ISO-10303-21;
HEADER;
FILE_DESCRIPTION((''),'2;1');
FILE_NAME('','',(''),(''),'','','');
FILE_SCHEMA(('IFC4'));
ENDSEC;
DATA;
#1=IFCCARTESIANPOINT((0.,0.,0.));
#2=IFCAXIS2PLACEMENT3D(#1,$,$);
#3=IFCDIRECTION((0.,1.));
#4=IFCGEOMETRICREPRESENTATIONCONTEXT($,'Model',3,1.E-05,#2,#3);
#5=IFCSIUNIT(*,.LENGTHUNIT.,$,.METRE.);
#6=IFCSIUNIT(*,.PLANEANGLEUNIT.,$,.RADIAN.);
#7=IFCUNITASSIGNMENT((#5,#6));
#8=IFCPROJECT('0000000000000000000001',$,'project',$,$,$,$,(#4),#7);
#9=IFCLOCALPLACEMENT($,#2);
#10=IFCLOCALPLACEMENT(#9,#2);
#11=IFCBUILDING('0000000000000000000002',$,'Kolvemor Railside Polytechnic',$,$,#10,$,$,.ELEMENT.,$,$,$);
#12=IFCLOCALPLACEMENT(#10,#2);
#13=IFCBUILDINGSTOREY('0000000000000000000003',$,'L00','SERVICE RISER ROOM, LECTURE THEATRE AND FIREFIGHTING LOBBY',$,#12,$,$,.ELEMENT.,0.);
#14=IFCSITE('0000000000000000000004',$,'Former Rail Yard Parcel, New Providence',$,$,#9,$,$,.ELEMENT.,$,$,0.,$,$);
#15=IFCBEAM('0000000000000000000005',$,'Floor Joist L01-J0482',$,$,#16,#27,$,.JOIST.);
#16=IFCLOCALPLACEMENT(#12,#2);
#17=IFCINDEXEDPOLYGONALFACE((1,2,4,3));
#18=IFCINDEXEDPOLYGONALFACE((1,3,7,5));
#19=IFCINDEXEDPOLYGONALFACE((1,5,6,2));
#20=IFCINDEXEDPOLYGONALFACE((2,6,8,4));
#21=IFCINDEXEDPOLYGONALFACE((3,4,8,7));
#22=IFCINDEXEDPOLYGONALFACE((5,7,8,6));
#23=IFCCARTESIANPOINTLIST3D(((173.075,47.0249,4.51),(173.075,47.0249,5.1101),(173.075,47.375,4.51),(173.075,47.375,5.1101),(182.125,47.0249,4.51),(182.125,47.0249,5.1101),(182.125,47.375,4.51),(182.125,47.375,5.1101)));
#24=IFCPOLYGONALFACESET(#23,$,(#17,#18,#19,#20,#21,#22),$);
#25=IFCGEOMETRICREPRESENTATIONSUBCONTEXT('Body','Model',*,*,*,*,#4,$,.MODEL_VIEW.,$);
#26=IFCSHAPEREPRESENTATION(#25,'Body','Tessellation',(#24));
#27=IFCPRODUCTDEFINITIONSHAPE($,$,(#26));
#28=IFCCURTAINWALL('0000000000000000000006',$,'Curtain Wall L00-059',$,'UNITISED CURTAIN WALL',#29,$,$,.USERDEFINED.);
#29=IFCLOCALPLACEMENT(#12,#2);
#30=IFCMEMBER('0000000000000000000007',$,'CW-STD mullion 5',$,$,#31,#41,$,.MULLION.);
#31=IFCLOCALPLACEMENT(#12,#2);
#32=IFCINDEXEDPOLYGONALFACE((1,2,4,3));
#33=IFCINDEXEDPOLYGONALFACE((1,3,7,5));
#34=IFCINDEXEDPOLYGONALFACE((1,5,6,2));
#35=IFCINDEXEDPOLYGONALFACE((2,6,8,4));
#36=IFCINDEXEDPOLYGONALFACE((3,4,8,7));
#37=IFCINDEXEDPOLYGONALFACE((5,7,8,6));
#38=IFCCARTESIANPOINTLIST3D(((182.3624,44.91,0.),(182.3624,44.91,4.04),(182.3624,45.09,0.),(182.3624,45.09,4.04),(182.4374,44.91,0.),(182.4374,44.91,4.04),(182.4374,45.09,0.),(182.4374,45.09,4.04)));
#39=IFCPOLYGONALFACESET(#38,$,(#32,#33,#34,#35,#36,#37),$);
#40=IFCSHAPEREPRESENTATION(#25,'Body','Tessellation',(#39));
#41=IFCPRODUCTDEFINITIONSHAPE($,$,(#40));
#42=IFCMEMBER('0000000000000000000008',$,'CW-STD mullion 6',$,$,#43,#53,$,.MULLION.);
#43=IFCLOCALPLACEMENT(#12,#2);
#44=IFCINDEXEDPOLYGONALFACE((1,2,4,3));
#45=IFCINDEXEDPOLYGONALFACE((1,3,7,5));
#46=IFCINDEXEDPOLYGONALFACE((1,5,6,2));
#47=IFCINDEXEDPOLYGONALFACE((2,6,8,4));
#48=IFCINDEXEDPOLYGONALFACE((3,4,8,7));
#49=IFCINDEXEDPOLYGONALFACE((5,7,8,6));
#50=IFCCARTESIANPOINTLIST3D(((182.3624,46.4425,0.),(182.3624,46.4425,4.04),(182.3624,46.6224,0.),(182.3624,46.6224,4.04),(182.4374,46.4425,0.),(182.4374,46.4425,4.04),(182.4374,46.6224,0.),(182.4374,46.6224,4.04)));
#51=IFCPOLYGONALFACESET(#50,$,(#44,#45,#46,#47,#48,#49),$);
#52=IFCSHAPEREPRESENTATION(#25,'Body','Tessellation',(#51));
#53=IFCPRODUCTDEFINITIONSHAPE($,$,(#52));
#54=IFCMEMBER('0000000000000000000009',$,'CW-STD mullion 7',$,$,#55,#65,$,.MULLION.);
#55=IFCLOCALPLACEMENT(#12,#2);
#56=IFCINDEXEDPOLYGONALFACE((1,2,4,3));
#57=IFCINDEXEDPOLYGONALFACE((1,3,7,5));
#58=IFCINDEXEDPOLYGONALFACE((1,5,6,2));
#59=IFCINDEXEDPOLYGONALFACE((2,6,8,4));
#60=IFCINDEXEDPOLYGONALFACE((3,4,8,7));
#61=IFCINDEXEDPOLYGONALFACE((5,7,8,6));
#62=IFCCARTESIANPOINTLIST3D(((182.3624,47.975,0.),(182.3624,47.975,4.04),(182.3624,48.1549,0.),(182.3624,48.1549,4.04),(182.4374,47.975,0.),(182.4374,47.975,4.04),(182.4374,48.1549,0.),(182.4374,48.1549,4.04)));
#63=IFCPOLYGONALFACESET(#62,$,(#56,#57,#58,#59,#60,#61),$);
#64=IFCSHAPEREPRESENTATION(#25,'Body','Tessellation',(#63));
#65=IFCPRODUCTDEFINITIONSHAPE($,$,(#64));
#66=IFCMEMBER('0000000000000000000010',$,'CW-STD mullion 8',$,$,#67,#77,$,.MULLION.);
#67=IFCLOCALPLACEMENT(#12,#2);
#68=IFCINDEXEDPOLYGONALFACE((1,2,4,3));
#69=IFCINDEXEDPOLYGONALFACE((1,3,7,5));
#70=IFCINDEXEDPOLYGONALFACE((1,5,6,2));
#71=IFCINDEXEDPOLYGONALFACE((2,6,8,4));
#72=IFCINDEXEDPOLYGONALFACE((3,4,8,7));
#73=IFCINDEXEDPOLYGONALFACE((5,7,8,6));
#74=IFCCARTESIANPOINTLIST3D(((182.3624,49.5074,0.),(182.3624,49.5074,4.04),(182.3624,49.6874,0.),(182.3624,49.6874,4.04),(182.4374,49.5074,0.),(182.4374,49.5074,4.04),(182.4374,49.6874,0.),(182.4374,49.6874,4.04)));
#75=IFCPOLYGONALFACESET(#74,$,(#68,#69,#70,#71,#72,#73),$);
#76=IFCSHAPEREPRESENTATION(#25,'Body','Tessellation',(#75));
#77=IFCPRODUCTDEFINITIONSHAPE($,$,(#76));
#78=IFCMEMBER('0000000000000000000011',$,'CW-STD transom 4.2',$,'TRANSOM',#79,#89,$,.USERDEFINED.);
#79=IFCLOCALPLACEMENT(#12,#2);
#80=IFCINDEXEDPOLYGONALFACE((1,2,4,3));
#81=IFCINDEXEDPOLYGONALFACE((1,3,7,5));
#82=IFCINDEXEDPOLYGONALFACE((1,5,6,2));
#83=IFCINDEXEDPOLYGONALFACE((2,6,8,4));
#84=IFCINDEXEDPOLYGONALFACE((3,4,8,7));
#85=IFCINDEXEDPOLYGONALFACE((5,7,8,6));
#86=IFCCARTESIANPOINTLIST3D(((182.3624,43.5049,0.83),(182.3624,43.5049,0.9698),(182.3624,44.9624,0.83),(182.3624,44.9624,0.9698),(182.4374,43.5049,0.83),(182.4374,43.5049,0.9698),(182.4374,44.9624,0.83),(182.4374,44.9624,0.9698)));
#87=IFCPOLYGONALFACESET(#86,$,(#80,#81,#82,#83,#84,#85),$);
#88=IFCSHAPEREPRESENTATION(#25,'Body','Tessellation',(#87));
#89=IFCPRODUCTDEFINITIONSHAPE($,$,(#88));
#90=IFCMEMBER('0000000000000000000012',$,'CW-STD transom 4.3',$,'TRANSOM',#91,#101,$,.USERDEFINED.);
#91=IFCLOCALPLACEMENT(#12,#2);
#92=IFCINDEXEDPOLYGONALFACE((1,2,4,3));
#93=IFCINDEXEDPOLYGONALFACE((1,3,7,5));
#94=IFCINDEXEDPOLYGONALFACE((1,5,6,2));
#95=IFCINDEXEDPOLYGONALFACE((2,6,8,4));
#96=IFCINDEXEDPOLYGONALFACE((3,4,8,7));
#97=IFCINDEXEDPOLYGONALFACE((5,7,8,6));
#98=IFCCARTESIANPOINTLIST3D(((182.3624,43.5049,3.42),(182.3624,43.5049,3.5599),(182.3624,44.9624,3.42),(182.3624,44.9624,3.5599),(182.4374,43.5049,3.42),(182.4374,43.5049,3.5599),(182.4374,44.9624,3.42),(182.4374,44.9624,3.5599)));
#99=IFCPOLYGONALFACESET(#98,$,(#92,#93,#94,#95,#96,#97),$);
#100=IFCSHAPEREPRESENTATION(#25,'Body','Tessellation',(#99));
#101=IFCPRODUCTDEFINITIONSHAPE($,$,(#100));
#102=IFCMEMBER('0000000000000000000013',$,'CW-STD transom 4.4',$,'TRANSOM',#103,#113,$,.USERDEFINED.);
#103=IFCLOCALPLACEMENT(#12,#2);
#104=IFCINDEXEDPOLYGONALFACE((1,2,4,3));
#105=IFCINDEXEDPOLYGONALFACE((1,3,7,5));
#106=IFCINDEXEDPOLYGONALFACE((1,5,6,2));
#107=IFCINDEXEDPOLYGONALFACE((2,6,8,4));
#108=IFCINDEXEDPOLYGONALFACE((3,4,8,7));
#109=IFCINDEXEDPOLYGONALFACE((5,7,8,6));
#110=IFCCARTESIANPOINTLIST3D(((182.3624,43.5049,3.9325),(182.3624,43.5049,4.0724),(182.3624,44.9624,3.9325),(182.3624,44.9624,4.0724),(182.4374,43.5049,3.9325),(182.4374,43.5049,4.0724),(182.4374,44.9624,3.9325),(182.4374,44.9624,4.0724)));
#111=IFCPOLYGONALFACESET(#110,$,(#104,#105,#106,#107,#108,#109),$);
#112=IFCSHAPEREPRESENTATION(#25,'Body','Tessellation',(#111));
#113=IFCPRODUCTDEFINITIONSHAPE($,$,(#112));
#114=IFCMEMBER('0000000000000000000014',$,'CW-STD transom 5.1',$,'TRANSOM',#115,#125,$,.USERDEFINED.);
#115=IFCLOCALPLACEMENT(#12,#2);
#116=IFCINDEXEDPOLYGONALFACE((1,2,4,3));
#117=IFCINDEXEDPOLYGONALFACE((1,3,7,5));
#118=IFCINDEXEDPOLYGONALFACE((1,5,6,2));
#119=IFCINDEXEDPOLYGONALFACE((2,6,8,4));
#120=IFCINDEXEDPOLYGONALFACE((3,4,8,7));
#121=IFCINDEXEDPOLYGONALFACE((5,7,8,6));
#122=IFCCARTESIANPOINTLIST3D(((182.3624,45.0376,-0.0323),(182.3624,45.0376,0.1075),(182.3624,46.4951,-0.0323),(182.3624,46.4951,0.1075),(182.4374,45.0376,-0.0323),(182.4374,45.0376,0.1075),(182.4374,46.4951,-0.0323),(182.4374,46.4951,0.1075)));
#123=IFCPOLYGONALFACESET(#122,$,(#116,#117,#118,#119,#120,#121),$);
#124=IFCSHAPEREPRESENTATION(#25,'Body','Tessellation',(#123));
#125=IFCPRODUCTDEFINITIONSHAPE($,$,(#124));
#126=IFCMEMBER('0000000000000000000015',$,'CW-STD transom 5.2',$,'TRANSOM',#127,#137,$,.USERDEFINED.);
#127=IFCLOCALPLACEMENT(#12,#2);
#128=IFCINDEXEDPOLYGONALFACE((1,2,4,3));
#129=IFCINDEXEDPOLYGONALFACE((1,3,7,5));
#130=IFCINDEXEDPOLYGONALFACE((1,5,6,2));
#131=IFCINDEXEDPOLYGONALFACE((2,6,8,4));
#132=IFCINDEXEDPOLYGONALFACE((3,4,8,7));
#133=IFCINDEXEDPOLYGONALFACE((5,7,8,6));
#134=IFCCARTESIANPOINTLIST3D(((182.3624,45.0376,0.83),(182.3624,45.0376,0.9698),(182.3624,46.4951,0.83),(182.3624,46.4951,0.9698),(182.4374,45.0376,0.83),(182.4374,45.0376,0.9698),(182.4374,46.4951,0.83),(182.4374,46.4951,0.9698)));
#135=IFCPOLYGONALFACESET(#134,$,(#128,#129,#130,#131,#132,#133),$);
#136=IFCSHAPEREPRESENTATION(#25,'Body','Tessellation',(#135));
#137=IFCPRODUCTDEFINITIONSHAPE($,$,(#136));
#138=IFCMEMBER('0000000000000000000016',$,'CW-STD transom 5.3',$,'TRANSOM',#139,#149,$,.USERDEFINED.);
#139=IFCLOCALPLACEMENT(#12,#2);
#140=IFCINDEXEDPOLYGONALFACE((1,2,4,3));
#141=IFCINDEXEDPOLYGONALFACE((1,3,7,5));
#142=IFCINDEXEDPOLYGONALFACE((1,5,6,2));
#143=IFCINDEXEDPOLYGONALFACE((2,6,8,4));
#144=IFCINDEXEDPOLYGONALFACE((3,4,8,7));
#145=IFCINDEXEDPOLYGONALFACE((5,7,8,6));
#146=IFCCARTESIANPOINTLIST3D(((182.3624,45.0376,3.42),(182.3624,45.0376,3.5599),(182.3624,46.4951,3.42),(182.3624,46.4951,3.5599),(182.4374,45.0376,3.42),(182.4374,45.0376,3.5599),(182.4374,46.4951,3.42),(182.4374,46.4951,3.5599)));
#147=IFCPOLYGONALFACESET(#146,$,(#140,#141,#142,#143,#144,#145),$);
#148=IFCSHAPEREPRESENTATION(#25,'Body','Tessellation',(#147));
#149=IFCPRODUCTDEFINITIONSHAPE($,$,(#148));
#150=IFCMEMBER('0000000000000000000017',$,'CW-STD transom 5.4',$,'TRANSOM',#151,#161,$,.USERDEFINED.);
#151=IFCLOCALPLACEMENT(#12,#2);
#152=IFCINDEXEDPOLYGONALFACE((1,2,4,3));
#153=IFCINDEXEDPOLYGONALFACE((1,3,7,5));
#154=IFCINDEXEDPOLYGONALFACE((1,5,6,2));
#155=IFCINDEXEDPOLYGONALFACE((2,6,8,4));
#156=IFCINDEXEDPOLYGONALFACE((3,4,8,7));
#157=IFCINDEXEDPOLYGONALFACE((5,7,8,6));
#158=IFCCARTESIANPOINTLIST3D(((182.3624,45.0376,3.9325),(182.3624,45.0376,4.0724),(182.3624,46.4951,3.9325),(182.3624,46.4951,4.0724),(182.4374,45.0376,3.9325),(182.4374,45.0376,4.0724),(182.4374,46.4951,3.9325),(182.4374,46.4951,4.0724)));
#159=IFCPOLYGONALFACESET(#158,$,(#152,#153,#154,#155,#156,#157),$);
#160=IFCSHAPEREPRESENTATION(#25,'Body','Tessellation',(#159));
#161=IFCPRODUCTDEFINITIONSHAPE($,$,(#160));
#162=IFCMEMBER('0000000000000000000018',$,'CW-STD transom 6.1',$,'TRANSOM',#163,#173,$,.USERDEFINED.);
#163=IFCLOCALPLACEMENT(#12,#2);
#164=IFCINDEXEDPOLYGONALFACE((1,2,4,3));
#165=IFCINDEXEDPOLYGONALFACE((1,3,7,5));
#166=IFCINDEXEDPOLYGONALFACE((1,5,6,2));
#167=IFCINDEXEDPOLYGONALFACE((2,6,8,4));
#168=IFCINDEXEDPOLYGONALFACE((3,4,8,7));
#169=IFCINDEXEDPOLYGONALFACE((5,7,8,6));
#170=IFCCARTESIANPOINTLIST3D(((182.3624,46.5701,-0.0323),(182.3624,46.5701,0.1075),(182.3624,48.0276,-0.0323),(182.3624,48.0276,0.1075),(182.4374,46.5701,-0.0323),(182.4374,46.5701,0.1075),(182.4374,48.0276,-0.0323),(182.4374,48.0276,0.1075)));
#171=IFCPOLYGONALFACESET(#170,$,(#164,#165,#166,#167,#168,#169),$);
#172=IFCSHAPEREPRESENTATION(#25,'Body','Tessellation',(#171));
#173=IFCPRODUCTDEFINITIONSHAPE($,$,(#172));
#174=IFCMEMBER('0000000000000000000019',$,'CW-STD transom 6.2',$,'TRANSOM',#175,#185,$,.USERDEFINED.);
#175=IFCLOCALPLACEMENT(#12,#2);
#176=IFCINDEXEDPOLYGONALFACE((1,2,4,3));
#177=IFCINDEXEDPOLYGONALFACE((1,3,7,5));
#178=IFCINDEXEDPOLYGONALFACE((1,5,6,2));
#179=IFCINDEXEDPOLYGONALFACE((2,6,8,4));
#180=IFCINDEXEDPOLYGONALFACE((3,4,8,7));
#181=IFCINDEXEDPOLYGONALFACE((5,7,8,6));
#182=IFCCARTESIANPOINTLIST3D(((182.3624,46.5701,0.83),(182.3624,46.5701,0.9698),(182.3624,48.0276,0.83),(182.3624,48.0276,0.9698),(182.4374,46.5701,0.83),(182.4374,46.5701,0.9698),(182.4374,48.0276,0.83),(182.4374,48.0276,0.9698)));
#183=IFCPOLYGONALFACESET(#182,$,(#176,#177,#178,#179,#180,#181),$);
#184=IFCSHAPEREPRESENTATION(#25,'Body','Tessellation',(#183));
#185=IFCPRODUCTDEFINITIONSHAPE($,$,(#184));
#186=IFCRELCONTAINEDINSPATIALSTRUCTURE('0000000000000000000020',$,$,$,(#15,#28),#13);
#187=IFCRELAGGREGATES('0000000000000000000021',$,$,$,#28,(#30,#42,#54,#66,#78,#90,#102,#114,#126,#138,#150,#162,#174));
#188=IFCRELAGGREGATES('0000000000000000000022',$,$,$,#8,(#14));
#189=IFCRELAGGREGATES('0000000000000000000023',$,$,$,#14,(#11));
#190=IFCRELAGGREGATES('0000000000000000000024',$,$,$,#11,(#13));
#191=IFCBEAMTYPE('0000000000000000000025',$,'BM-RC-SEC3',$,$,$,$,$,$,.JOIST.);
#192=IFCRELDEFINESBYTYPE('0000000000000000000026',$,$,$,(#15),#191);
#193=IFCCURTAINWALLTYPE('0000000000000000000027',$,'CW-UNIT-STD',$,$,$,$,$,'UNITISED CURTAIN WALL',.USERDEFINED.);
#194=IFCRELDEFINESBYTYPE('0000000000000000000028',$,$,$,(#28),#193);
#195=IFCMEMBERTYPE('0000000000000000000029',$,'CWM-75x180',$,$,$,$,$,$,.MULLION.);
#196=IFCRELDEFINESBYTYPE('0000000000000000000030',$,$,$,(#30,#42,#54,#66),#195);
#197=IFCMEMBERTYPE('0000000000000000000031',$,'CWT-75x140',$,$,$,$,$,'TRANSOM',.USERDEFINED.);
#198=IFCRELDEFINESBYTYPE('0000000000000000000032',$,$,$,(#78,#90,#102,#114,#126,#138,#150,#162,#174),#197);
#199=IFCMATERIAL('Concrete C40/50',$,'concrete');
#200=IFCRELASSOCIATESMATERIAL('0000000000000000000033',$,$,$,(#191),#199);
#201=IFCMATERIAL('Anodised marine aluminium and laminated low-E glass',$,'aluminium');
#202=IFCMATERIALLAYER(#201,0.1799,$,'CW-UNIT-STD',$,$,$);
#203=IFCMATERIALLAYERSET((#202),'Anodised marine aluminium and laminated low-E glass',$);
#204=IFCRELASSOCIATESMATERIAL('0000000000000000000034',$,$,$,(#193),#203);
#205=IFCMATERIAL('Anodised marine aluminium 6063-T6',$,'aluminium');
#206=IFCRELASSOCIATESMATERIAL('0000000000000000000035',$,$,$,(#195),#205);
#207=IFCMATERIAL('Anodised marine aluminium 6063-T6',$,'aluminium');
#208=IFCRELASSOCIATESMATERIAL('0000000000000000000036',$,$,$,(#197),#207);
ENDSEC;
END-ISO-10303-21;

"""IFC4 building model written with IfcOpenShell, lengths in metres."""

from ifc_helpers import new_model, si_unit, direction, frame, origin, origin_2d, place, context, subcontext, project, spatial, rectangle, extrude, material, layer, layer_set, material_profile, profile_set, type_object, element, aggregate, save


model = new_model("IFC4")

# Units and contexts
model_context = context("Model", 3, precision=1e-05, world=origin(), true_north=direction((0.0, 1.0)))
body_context = subcontext(model_context, "Body", "Model", "MODEL_VIEW")
ifc_project = project(units=[si_unit("LENGTHUNIT", "METRE"), si_unit("PLANEANGLEUNIT", "RADIAN")], contexts=[model_context])

# Site, building, storey
site_placement = place(None, origin())
site = spatial("IfcSite", under=ifc_project, at=site_placement, Name="Former Rail Yard Parcel, New Providence", CompositionType="ELEMENT", RefElevation=0.0)
building_placement = place(site_placement, origin())
building = spatial("IfcBuilding", under=site, at=building_placement, Name="Kolvemor Railside Polytechnic", CompositionType="ELEMENT")
storey_placement = place(building_placement, origin())
storey = spatial("IfcBuildingStorey", under=building, at=storey_placement, Name="L00", Description="SERVICE RISER ROOM, LECTURE THEATRE AND FIREFIGHTING LOBBY", CompositionType="ELEMENT", Elevation=0.0)

# Beam
ifc_material_1 = material(Name="Concrete C40/50", Category="concrete")
ifc_material_profile_1 = material_profile(ifc_material_1, rectangle(XDim=0.3501, YDim=0.6001, at=origin_2d()), Name="RC350x600")
ifc_profile_set_1 = profile_set([ifc_material_profile_1], Name="Concrete C40/50")
beam_type = type_object("IfcBeamType", Name="BM-RC-SEC3", PredefinedType="JOIST", material=ifc_profile_set_1)
beam_placement = place(storey_placement, frame((173.075, 47.2, 4.8101), z_axis=(1.0, 0.0, 0.0), x_axis=(0.0, 1.0, 0.0)))
element("IfcBeam", 1, at=beam_placement, inside=storey, type_object=beam_type, Name="Floor Joist L01-J0482", PredefinedType="JOIST", context=body_context, shape_type="SweptSolid", body=[
    extrude(rectangle(XDim=0.3501, YDim=0.6001, at=origin_2d()), origin(), (0.0, 0.0, 1.0), 9.05),
])

# Curtain wall, members
ifc_material_2 = material(Name="Anodised marine aluminium and laminated low-E glass", Category="aluminium")
ifc_layer_1 = layer(ifc_material_2, 0.1799, Name="CW-UNIT-STD")
ifc_layer_set_1 = layer_set([ifc_layer_1], Name="Anodised marine aluminium and laminated low-E glass")
curtain_wall_type = type_object("IfcCurtainWallType", Name="CW-UNIT-STD", ElementType="UNITISED CURTAIN WALL", PredefinedType="USERDEFINED", material=ifc_layer_set_1)
curtain_wall_placement = place(storey_placement, origin())
curtain_wall = element("IfcCurtainWall", 2, at=curtain_wall_placement, inside=storey, type_object=curtain_wall_type, Name="Curtain Wall L00-059", ObjectType="UNITISED CURTAIN WALL", PredefinedType="USERDEFINED")
ifc_material_3 = material(Name="Anodised marine aluminium 6063-T6", Category="aluminium")
ifc_material_profile_2 = material_profile(ifc_material_3, rectangle(XDim=0.075, YDim=0.1799, at=origin_2d()), Name="CW-MUL-75x180")
ifc_profile_set_2 = profile_set([ifc_material_profile_2], Name="Anodised marine aluminium 6063-T6")
member_type_1 = type_object("IfcMemberType", Name="CWM-75x180", PredefinedType="MULLION", material=ifc_profile_set_2)
member_1_placement = place(storey_placement, frame((182.3999, 45.0, 0.0), z_axis=(0.0, 0.0, 1.0), x_axis=(-1.0, 0.0, 0.0)))
member_1 = element("IfcMember", 3, at=member_1_placement, type_object=member_type_1, Name="CW-STD mullion 5", PredefinedType="MULLION", context=body_context, shape_type="SweptSolid", body=[
    extrude(rectangle(XDim=0.075, YDim=0.1799, at=origin_2d()), origin(), (0.0, 0.0, 1.0), 4.04),
])
member_2_placement = place(storey_placement, frame((182.3999, 46.5325, 0.0), z_axis=(0.0, 0.0, 1.0), x_axis=(-1.0, 0.0, 0.0)))
member_2 = element("IfcMember", 4, at=member_2_placement, type_object=member_type_1, Name="CW-STD mullion 6", PredefinedType="MULLION", context=body_context, shape_type="SweptSolid", body=[
    extrude(rectangle(XDim=0.075, YDim=0.1799, at=origin_2d()), origin(), (0.0, 0.0, 1.0), 4.04),
])
member_3_placement = place(storey_placement, frame((182.3999, 48.0649, 0.0), z_axis=(0.0, 0.0, 1.0), x_axis=(-1.0, 0.0, 0.0)))
member_3 = element("IfcMember", 5, at=member_3_placement, type_object=member_type_1, Name="CW-STD mullion 7", PredefinedType="MULLION", context=body_context, shape_type="SweptSolid", body=[
    extrude(rectangle(XDim=0.075, YDim=0.1799, at=origin_2d()), origin(), (0.0, 0.0, 1.0), 4.04),
])
member_4_placement = place(storey_placement, frame((182.3999, 49.5974, 0.0), z_axis=(0.0, 0.0, 1.0), x_axis=(-1.0, 0.0, 0.0)))
member_4 = element("IfcMember", 6, at=member_4_placement, type_object=member_type_1, Name="CW-STD mullion 8", PredefinedType="MULLION", context=body_context, shape_type="SweptSolid", body=[
    extrude(rectangle(XDim=0.075, YDim=0.1799, at=origin_2d()), origin(), (0.0, 0.0, 1.0), 4.04),
])
ifc_material_4 = material(Name="Anodised marine aluminium 6063-T6", Category="aluminium")
ifc_material_profile_3 = material_profile(ifc_material_4, rectangle(XDim=0.075, YDim=0.1399, at=origin_2d()), Name="CW-TRN-75x140")
ifc_profile_set_3 = profile_set([ifc_material_profile_3], Name="Anodised marine aluminium 6063-T6")
member_type_2 = type_object("IfcMemberType", Name="CWT-75x140", ElementType="TRANSOM", PredefinedType="USERDEFINED", material=ifc_profile_set_3)
member_5_placement = place(storey_placement, frame((182.3999, 43.5049, 0.8999), z_axis=(0.0, 1.0, 0.0), x_axis=(-1.0, 0.0, 0.0)))
member_5 = element("IfcMember", 7, at=member_5_placement, type_object=member_type_2, Name="CW-STD transom 4.2", ObjectType="TRANSOM", PredefinedType="USERDEFINED", context=body_context, shape_type="SweptSolid", body=[
    extrude(rectangle(XDim=0.075, YDim=0.1399, at=origin_2d()), origin(), (0.0, 0.0, 1.0), 1.4575),
])
member_6_placement = place(storey_placement, frame((182.3999, 43.5049, 3.49), z_axis=(0.0, 1.0, 0.0), x_axis=(-1.0, 0.0, 0.0)))
member_6 = element("IfcMember", 8, at=member_6_placement, type_object=member_type_2, Name="CW-STD transom 4.3", ObjectType="TRANSOM", PredefinedType="USERDEFINED", context=body_context, shape_type="SweptSolid", body=[
    extrude(rectangle(XDim=0.075, YDim=0.1399, at=origin_2d()), origin(), (0.0, 0.0, 1.0), 1.4575),
])
member_7_placement = place(storey_placement, frame((182.3999, 43.5049, 4.0024), z_axis=(0.0, 1.0, 0.0), x_axis=(-1.0, 0.0, 0.0)))
member_7 = element("IfcMember", 9, at=member_7_placement, type_object=member_type_2, Name="CW-STD transom 4.4", ObjectType="TRANSOM", PredefinedType="USERDEFINED", context=body_context, shape_type="SweptSolid", body=[
    extrude(rectangle(XDim=0.075, YDim=0.1399, at=origin_2d()), origin(), (0.0, 0.0, 1.0), 1.4575),
])
member_8_placement = place(storey_placement, frame((182.3999, 45.0376, 0.0376), z_axis=(0.0, 1.0, 0.0), x_axis=(-1.0, 0.0, 0.0)))
member_8 = element("IfcMember", 10, at=member_8_placement, type_object=member_type_2, Name="CW-STD transom 5.1", ObjectType="TRANSOM", PredefinedType="USERDEFINED", context=body_context, shape_type="SweptSolid", body=[
    extrude(rectangle(XDim=0.075, YDim=0.1399, at=origin_2d()), origin(), (0.0, 0.0, 1.0), 1.4575),
])
member_9_placement = place(storey_placement, frame((182.3999, 45.0376, 0.8999), z_axis=(0.0, 1.0, 0.0), x_axis=(-1.0, 0.0, 0.0)))
member_9 = element("IfcMember", 11, at=member_9_placement, type_object=member_type_2, Name="CW-STD transom 5.2", ObjectType="TRANSOM", PredefinedType="USERDEFINED", context=body_context, shape_type="SweptSolid", body=[
    extrude(rectangle(XDim=0.075, YDim=0.1399, at=origin_2d()), origin(), (0.0, 0.0, 1.0), 1.4575),
])
member_10_placement = place(storey_placement, frame((182.3999, 45.0376, 3.49), z_axis=(0.0, 1.0, 0.0), x_axis=(-1.0, 0.0, 0.0)))
member_10 = element("IfcMember", 12, at=member_10_placement, type_object=member_type_2, Name="CW-STD transom 5.3", ObjectType="TRANSOM", PredefinedType="USERDEFINED", context=body_context, shape_type="SweptSolid", body=[
    extrude(rectangle(XDim=0.075, YDim=0.1399, at=origin_2d()), origin(), (0.0, 0.0, 1.0), 1.4575),
])
member_11_placement = place(storey_placement, frame((182.3999, 45.0376, 4.0024), z_axis=(0.0, 1.0, 0.0), x_axis=(-1.0, 0.0, 0.0)))
member_11 = element("IfcMember", 13, at=member_11_placement, type_object=member_type_2, Name="CW-STD transom 5.4", ObjectType="TRANSOM", PredefinedType="USERDEFINED", context=body_context, shape_type="SweptSolid", body=[
    extrude(rectangle(XDim=0.075, YDim=0.1399, at=origin_2d()), origin(), (0.0, 0.0, 1.0), 1.4575),
])
member_12_placement = place(storey_placement, frame((182.3999, 46.5701, 0.0376), z_axis=(0.0, 1.0, 0.0), x_axis=(-1.0, 0.0, 0.0)))
member_12 = element("IfcMember", 14, at=member_12_placement, type_object=member_type_2, Name="CW-STD transom 6.1", ObjectType="TRANSOM", PredefinedType="USERDEFINED", context=body_context, shape_type="SweptSolid", body=[
    extrude(rectangle(XDim=0.075, YDim=0.1399, at=origin_2d()), origin(), (0.0, 0.0, 1.0), 1.4575),
])
member_13_placement = place(storey_placement, frame((182.3999, 46.5701, 0.8999), z_axis=(0.0, 1.0, 0.0), x_axis=(-1.0, 0.0, 0.0)))
member_13 = element("IfcMember", 15, at=member_13_placement, type_object=member_type_2, Name="CW-STD transom 6.2", ObjectType="TRANSOM", PredefinedType="USERDEFINED", context=body_context, shape_type="SweptSolid", body=[
    extrude(rectangle(XDim=0.075, YDim=0.1399, at=origin_2d()), origin(), (0.0, 0.0, 1.0), 1.4575),
])
aggregate(curtain_wall, [member_1, member_2, member_3, member_4, member_5, member_6, member_7, member_8, member_9, member_10, member_11, member_12, member_13])

save(model, "model.ifc")
